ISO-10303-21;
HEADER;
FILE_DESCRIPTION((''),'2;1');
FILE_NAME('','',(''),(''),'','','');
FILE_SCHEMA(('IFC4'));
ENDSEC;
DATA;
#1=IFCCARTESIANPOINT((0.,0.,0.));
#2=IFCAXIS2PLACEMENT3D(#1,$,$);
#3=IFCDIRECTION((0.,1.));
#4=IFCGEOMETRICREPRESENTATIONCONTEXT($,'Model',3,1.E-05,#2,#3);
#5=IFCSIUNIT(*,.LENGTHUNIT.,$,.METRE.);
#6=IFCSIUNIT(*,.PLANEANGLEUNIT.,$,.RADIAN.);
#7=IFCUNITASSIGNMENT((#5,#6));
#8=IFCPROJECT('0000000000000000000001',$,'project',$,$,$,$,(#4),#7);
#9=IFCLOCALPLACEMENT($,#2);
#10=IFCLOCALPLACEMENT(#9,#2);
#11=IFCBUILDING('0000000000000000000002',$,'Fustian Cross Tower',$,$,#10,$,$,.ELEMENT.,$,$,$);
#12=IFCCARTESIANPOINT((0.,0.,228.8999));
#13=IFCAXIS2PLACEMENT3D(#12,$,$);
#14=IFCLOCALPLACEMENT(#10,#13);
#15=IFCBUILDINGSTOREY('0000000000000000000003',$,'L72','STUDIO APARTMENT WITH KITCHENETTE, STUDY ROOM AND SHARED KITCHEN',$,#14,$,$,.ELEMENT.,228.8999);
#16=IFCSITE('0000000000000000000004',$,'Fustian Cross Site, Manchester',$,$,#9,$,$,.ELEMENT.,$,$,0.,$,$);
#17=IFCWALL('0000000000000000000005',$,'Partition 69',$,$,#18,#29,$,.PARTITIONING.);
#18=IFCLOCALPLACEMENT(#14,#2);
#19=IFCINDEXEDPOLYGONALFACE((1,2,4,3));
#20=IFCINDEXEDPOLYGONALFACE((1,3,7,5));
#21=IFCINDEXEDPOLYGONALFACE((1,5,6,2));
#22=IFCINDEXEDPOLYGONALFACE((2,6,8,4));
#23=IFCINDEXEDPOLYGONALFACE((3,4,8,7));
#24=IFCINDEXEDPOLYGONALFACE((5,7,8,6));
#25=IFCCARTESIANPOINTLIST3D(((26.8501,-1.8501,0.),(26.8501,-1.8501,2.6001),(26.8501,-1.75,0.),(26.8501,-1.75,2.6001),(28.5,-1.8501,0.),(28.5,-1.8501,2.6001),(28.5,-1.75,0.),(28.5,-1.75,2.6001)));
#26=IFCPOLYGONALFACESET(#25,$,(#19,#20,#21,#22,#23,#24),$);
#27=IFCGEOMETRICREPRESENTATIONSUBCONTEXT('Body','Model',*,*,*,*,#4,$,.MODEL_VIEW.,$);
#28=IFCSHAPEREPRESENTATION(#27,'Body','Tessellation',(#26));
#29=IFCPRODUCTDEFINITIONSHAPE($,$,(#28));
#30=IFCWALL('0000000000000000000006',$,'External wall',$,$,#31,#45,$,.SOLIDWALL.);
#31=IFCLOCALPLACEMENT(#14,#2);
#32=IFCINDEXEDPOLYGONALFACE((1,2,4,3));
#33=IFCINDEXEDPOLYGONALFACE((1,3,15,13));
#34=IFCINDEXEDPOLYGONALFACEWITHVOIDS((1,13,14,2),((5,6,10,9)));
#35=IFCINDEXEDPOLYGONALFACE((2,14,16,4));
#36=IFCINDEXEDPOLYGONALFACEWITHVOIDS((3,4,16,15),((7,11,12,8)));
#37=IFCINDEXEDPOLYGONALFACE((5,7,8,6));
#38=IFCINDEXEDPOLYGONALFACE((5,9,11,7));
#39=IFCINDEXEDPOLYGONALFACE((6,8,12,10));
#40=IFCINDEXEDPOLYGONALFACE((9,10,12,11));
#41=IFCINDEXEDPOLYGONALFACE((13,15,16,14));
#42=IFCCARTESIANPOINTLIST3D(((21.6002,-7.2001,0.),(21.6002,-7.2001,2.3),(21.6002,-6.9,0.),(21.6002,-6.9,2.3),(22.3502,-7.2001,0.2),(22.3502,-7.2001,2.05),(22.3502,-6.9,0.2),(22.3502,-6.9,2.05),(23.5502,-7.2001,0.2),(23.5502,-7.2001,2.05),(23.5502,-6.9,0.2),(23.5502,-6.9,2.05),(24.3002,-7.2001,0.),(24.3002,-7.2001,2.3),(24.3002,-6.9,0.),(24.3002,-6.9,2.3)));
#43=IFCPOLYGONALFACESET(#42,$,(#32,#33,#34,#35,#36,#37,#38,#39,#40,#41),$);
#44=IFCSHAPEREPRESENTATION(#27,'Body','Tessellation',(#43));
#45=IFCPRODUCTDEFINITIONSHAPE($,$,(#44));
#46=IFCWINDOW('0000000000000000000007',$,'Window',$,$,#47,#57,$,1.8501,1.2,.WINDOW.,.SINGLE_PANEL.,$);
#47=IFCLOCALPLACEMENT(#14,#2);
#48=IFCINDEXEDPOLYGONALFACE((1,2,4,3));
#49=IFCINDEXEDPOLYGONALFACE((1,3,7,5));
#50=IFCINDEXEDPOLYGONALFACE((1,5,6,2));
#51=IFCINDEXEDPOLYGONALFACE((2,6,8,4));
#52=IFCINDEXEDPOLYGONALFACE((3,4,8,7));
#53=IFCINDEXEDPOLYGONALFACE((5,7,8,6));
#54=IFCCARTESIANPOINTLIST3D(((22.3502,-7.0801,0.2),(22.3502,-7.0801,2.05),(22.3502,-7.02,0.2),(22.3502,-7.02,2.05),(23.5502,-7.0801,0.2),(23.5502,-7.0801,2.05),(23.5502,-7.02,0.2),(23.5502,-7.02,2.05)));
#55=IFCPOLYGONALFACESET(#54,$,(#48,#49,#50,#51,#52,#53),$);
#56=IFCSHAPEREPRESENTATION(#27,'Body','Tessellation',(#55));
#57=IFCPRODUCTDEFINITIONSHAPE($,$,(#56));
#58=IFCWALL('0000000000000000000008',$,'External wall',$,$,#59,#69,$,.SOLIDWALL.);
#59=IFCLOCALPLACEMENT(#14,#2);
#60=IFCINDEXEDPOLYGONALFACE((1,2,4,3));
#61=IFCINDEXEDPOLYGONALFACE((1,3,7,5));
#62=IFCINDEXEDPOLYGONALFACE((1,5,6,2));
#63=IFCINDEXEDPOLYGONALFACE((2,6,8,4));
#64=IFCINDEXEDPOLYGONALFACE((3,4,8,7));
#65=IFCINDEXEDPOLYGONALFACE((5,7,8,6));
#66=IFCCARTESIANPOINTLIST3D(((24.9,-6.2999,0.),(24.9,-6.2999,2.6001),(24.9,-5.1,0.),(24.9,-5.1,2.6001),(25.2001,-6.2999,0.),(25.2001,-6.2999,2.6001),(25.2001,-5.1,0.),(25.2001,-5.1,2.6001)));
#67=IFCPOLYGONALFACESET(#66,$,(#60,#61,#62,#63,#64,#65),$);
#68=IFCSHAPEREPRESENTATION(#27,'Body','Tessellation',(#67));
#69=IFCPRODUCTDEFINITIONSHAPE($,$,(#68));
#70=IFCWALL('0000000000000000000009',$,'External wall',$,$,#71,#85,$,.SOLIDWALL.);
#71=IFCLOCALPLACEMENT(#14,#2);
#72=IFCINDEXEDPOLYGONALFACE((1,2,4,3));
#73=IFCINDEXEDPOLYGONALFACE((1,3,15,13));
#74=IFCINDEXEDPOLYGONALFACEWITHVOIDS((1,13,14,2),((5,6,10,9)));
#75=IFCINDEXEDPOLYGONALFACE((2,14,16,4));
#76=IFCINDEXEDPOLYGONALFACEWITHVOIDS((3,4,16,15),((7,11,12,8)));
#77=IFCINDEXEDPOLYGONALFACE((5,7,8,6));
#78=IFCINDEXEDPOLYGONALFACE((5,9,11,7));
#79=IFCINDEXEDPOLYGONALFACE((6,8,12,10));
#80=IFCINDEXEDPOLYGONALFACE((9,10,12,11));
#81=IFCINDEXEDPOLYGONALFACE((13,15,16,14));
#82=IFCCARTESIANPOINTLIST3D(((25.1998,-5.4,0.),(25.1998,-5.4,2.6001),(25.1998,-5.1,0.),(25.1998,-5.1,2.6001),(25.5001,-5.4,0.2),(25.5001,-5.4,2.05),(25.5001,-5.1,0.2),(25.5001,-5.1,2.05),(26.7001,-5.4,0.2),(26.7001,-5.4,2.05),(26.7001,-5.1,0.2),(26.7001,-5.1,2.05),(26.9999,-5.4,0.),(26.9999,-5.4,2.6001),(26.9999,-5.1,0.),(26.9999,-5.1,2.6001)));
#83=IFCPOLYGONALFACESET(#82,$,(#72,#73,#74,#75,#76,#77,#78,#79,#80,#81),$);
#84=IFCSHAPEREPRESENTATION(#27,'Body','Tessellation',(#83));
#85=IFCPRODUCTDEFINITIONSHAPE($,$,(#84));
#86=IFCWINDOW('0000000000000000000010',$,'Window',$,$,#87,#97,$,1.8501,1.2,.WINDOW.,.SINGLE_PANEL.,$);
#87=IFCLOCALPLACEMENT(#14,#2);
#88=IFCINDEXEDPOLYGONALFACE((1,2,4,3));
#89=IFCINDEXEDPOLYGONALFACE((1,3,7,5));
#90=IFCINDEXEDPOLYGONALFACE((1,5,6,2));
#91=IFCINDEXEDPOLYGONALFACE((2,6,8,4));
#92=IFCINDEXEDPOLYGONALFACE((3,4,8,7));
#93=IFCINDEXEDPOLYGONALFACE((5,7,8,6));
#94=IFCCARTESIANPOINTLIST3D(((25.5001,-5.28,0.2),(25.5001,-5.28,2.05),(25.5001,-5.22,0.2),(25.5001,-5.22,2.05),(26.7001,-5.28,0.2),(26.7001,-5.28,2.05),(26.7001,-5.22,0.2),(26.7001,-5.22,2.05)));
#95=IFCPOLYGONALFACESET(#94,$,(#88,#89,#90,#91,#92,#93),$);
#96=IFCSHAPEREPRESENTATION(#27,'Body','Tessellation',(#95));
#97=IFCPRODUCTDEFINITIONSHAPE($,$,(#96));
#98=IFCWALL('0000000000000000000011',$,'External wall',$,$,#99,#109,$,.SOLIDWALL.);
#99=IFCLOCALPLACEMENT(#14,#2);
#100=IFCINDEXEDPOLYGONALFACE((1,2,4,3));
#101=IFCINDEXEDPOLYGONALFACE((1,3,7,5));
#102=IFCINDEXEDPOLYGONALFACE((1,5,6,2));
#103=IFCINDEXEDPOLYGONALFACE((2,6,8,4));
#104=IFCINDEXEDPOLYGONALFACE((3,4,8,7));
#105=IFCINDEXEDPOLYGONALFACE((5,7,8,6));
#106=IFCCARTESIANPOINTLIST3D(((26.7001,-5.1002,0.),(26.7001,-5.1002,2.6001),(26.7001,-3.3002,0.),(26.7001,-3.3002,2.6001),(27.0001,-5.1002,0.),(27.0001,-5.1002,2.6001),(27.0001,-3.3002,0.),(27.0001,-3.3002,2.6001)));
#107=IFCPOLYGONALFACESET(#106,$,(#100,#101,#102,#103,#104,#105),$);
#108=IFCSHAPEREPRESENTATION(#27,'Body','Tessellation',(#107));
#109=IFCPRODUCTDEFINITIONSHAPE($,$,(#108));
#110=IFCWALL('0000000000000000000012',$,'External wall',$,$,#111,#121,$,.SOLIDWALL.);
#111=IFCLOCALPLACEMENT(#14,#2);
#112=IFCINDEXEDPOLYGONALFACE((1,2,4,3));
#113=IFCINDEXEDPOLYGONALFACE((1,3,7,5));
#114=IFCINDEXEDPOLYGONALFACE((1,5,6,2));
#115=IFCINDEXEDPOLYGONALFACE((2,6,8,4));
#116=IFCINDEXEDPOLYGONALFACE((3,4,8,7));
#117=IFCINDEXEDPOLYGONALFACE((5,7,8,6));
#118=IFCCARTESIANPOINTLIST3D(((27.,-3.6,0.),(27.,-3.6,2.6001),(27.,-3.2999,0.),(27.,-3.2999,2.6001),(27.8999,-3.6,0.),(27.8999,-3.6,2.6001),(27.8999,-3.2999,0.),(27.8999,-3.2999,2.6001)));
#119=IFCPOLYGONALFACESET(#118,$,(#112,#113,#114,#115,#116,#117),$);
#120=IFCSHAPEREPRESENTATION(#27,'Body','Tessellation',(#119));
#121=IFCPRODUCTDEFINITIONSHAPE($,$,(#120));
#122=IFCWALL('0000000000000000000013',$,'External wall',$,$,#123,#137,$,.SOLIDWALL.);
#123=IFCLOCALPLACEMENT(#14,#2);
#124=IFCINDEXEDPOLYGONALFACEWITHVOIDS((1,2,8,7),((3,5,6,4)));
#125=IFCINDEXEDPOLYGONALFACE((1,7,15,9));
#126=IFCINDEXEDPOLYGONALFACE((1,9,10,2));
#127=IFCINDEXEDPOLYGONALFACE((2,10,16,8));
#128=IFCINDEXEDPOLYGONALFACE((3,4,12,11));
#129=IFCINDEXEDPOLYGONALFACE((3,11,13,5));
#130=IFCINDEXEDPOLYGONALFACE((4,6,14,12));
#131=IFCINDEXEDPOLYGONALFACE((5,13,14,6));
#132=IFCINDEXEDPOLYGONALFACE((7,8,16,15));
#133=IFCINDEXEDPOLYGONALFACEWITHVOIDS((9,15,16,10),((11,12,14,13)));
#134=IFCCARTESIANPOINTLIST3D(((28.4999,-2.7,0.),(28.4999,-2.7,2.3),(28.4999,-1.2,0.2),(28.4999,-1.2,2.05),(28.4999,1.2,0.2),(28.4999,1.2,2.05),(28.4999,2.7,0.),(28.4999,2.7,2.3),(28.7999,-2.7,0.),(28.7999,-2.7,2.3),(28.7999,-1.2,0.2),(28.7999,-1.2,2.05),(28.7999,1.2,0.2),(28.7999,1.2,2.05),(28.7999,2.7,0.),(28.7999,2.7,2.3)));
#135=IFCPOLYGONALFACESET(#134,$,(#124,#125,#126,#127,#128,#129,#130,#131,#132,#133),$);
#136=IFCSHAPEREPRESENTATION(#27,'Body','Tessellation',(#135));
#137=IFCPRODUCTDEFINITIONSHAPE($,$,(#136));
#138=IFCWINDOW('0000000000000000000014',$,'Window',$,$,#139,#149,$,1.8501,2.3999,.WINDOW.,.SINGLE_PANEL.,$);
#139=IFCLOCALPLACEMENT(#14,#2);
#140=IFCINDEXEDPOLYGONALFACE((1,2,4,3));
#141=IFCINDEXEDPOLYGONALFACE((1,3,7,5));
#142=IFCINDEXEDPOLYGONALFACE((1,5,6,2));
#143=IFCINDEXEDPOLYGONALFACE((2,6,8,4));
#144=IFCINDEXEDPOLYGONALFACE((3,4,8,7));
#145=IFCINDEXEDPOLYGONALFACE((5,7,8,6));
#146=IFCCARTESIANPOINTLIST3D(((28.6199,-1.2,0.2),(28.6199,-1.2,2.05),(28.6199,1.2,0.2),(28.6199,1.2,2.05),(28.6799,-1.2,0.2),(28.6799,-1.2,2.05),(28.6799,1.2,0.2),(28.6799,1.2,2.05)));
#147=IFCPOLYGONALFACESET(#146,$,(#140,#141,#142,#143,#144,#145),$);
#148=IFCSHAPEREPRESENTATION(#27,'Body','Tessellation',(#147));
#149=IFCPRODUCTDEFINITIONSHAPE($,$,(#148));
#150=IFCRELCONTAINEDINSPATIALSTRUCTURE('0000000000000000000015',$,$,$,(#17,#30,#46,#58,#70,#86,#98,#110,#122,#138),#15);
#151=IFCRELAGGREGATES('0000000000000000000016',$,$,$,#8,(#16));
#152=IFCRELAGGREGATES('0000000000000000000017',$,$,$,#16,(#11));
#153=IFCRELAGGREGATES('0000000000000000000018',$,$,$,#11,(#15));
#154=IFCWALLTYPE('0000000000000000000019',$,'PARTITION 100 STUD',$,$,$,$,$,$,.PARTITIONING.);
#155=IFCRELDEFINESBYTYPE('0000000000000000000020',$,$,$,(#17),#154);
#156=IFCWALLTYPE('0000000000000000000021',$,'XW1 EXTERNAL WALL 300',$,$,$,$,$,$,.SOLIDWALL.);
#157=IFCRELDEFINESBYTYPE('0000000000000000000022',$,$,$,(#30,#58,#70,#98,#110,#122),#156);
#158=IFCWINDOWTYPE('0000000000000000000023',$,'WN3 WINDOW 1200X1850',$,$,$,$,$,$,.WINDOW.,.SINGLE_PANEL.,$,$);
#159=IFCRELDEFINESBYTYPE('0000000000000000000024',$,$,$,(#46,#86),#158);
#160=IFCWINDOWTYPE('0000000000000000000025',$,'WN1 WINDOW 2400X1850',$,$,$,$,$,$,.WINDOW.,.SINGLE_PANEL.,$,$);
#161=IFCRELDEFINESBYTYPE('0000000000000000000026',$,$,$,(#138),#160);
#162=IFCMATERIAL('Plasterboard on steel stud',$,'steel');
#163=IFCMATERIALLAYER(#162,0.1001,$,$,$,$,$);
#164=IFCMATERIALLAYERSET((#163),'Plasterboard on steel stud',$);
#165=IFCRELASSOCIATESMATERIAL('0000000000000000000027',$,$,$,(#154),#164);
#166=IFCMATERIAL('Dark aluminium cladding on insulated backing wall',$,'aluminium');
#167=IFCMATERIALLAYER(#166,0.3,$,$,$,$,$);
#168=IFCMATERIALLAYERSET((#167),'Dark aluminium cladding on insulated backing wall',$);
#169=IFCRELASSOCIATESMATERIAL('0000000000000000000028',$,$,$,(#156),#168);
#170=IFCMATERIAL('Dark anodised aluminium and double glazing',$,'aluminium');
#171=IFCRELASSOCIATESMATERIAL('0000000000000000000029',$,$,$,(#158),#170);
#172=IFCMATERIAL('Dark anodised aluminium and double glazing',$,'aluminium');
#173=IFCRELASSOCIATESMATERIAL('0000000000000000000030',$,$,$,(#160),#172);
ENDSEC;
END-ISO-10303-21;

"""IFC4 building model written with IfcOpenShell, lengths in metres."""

from ifc_helpers import new_model, si_unit, direction, frame, frame_2d, origin, place, context, subcontext, project, spatial, rectangle, extrude, material, layer, layer_set, type_object, element, fill, save


model = new_model("IFC4")

# Units and contexts
model_context = context("Model", 3, precision=1e-05, world=origin(), true_north=direction((0.0, 1.0)))
body_context = subcontext(model_context, "Body", "Model", "MODEL_VIEW")
ifc_project = project(units=[si_unit("LENGTHUNIT", "METRE"), si_unit("PLANEANGLEUNIT", "RADIAN")], contexts=[model_context])

# Site, building, storey
site_placement = place(None, origin())
site = spatial("IfcSite", under=ifc_project, at=site_placement, Name="Fustian Cross Site, Manchester", CompositionType="ELEMENT", RefElevation=0.0)
building_placement = place(site_placement, origin())
building = spatial("IfcBuilding", under=site, at=building_placement, Name="Fustian Cross Tower", CompositionType="ELEMENT")
storey_placement = place(building_placement, frame((0.0, 0.0, 228.8999)))
storey = spatial("IfcBuildingStorey", under=building, at=storey_placement, Name="L72", Description="STUDIO APARTMENT WITH KITCHENETTE, STUDY ROOM AND SHARED KITCHEN", CompositionType="ELEMENT", Elevation=228.8999)

# Shared definitions
ifc_material_1 = material(Name="Plasterboard on steel stud", Category="steel")
ifc_layer_1 = layer(ifc_material_1, 0.1001)
ifc_layer_set_1 = layer_set([ifc_layer_1], Name="Plasterboard on steel stud")
wall_type_1 = type_object("IfcWallType", Name="PARTITION 100 STUD", PredefinedType="PARTITIONING", material=ifc_layer_set_1)

# Wall
wall_1_placement = place(storey_placement, frame((26.8501, -1.8, 0.0), z_axis=(0.0, 0.0, 1.0), x_axis=(1.0, 0.0, 0.0)))
element("IfcWall", 1, at=wall_1_placement, inside=storey, type_object=wall_type_1, Name="Partition 69", PredefinedType="PARTITIONING", context=body_context, shape_type="SweptSolid", body=[
    extrude(rectangle(XDim=1.6499, YDim=0.1001, at=frame_2d((0.825, 0.0))), origin(), (0.0, 0.0, 1.0), 2.6001),
])

# Wall, opening, window
ifc_material_2 = material(Name="Dark aluminium cladding on insulated backing wall", Category="aluminium")
ifc_layer_2 = layer(ifc_material_2, 0.3)
ifc_layer_set_2 = layer_set([ifc_layer_2], Name="Dark aluminium cladding on insulated backing wall")
wall_type_2 = type_object("IfcWallType", Name="XW1 EXTERNAL WALL 300", PredefinedType="SOLIDWALL", material=ifc_layer_set_2)
wall_2_placement = place(storey_placement, frame((21.6001, -7.05, 0.0), z_axis=(0.0, 0.0, 1.0), x_axis=(1.0, 0.0, 0.0)))
wall_2 = element("IfcWall", 2, at=wall_2_placement, inside=storey, type_object=wall_type_2, Name="External wall", PredefinedType="SOLIDWALL", context=body_context, shape_type="SweptSolid", body=[
    extrude(rectangle(XDim=2.7, YDim=0.3, at=frame_2d((1.3501, 0.0))), origin(), (0.0, 0.0, 1.0), 2.3),
])
opening_1_placement = place(wall_2_placement, frame((0.75, 0.0, 0.2)))
opening_1 = element("IfcOpeningElement", 3, at=opening_1_placement, cuts=wall_2, PredefinedType="OPENING", context=body_context, shape_type="SweptSolid", body=[
    extrude(rectangle(XDim=1.2, YDim=1.8501, at=frame_2d((0.6001, 0.925))), frame((0.0, 0.1599, 0.0), z_axis=(0.0, -1.0, 0.0), x_axis=(1.0, 0.0, 0.0)), (0.0, 0.0, 1.0), 0.3201),
])
ifc_material_3 = material(Name="Dark anodised aluminium and double glazing", Category="aluminium")
window_type_1 = type_object("IfcWindowType", Name="WN3 WINDOW 1200X1850", PartitioningType="SINGLE_PANEL", PredefinedType="WINDOW", material=ifc_material_3)
window_1_placement = place(opening_1_placement, origin())
window_1 = element("IfcWindow", 4, at=window_1_placement, inside=storey, type_object=window_type_1, Name="Window", OverallHeight=1.8501, OverallWidth=1.2, PartitioningType="SINGLE_PANEL", PredefinedType="WINDOW", context=body_context, shape_type="SweptSolid", body=[
    extrude(rectangle(XDim=1.2, YDim=1.8501, at=frame_2d((0.6001, 0.925))), frame((0.0, 0.03, 0.0), z_axis=(0.0, -1.0, 0.0), x_axis=(1.0, 0.0, 0.0)), (0.0, 0.0, 1.0), 0.0601),
])
fill(opening_1, window_1)

# Wall
wall_3_placement = place(storey_placement, frame((25.05, -6.3, 0.0), z_axis=(0.0, 0.0, 1.0), x_axis=(0.0, 1.0, 0.0)))
element("IfcWall", 5, at=wall_3_placement, inside=storey, type_object=wall_type_2, Name="External wall", PredefinedType="SOLIDWALL", context=body_context, shape_type="SweptSolid", body=[
    extrude(rectangle(XDim=1.2, YDim=0.3, at=frame_2d((0.6001, 0.0))), origin(), (0.0, 0.0, 1.0), 2.6001),
])

# Wall, opening, window
wall_4_placement = place(storey_placement, frame((25.2, -5.25, 0.0), z_axis=(0.0, 0.0, 1.0), x_axis=(1.0, 0.0, 0.0)))
wall_4 = element("IfcWall", 6, at=wall_4_placement, inside=storey, type_object=wall_type_2, Name="External wall", PredefinedType="SOLIDWALL", context=body_context, shape_type="SweptSolid", body=[
    extrude(rectangle(XDim=1.8, YDim=0.3, at=frame_2d((0.8999, 0.0))), origin(), (0.0, 0.0, 1.0), 2.6001),
])
opening_2_placement = place(wall_4_placement, frame((0.3, 0.0, 0.2)))
opening_2 = element("IfcOpeningElement", 7, at=opening_2_placement, cuts=wall_4, PredefinedType="OPENING", context=body_context, shape_type="SweptSolid", body=[
    extrude(rectangle(XDim=1.2, YDim=1.8501, at=frame_2d((0.6001, 0.925))), frame((0.0, 0.1599, 0.0), z_axis=(0.0, -1.0, 0.0), x_axis=(1.0, 0.0, 0.0)), (0.0, 0.0, 1.0), 0.3201),
])
window_2_placement = place(opening_2_placement, origin())
window_2 = element("IfcWindow", 8, at=window_2_placement, inside=storey, type_object=window_type_1, Name="Window", OverallHeight=1.8501, OverallWidth=1.2, PartitioningType="SINGLE_PANEL", PredefinedType="WINDOW", context=body_context, shape_type="SweptSolid", body=[
    extrude(rectangle(XDim=1.2, YDim=1.8501, at=frame_2d((0.6001, 0.925))), frame((0.0, 0.03, 0.0), z_axis=(0.0, -1.0, 0.0), x_axis=(1.0, 0.0, 0.0)), (0.0, 0.0, 1.0), 0.0601),
])
fill(opening_2, window_2)

# Walls
wall_5_placement = place(storey_placement, frame((26.8501, -5.1001, 0.0), z_axis=(0.0, 0.0, 1.0), x_axis=(0.0, 1.0, 0.0)))
element("IfcWall", 9, at=wall_5_placement, inside=storey, type_object=wall_type_2, Name="External wall", PredefinedType="SOLIDWALL", context=body_context, shape_type="SweptSolid", body=[
    extrude(rectangle(XDim=1.8, YDim=0.3, at=frame_2d((0.8999, 0.0))), origin(), (0.0, 0.0, 1.0), 2.6001),
])
wall_6_placement = place(storey_placement, frame((27.0, -3.45, 0.0), z_axis=(0.0, 0.0, 1.0), x_axis=(1.0, 0.0, 0.0)))
element("IfcWall", 10, at=wall_6_placement, inside=storey, type_object=wall_type_2, Name="External wall", PredefinedType="SOLIDWALL", context=body_context, shape_type="SweptSolid", body=[
    extrude(rectangle(XDim=0.8999, YDim=0.3, at=frame_2d((0.45, 0.0))), origin(), (0.0, 0.0, 1.0), 2.6001),
])

# Wall, opening, window
wall_7_placement = place(storey_placement, frame((28.6499, -2.7, 0.0), z_axis=(0.0, 0.0, 1.0), x_axis=(0.0, 1.0, 0.0)))
wall_7 = element("IfcWall", 11, at=wall_7_placement, inside=storey, type_object=wall_type_2, Name="External wall", PredefinedType="SOLIDWALL", context=body_context, shape_type="SweptSolid", body=[
    extrude(rectangle(XDim=5.3999, YDim=0.3, at=frame_2d((2.7, 0.0))), origin(), (0.0, 0.0, 1.0), 2.3),
])
opening_3_placement = place(wall_7_placement, frame((1.5, 0.0, 0.2)))
opening_3 = element("IfcOpeningElement", 12, at=opening_3_placement, cuts=wall_7, PredefinedType="OPENING", context=body_context, shape_type="SweptSolid", body=[
    extrude(rectangle(XDim=2.3999, YDim=1.8501, at=frame_2d((1.2, 0.925))), frame((0.0, 0.1599, 0.0), z_axis=(0.0, -1.0, 0.0), x_axis=(1.0, 0.0, 0.0)), (0.0, 0.0, 1.0), 0.3201),
])
ifc_material_4 = material(Name="Dark anodised aluminium and double glazing", Category="aluminium")
window_type_2 = type_object("IfcWindowType", Name="WN1 WINDOW 2400X1850", PartitioningType="SINGLE_PANEL", PredefinedType="WINDOW", material=ifc_material_4)
window_3_placement = place(opening_3_placement, origin())
window_3 = element("IfcWindow", 13, at=window_3_placement, inside=storey, type_object=window_type_2, Name="Window", OverallHeight=1.8501, OverallWidth=2.3999, PartitioningType="SINGLE_PANEL", PredefinedType="WINDOW", context=body_context, shape_type="SweptSolid", body=[
    extrude(rectangle(XDim=2.3999, YDim=1.8501, at=frame_2d((1.2, 0.925))), frame((0.0, 0.03, 0.0), z_axis=(0.0, -1.0, 0.0), x_axis=(1.0, 0.0, 0.0)), (0.0, 0.0, 1.0), 0.0601),
])
fill(opening_3, window_3)

save(model, "model.ifc")
